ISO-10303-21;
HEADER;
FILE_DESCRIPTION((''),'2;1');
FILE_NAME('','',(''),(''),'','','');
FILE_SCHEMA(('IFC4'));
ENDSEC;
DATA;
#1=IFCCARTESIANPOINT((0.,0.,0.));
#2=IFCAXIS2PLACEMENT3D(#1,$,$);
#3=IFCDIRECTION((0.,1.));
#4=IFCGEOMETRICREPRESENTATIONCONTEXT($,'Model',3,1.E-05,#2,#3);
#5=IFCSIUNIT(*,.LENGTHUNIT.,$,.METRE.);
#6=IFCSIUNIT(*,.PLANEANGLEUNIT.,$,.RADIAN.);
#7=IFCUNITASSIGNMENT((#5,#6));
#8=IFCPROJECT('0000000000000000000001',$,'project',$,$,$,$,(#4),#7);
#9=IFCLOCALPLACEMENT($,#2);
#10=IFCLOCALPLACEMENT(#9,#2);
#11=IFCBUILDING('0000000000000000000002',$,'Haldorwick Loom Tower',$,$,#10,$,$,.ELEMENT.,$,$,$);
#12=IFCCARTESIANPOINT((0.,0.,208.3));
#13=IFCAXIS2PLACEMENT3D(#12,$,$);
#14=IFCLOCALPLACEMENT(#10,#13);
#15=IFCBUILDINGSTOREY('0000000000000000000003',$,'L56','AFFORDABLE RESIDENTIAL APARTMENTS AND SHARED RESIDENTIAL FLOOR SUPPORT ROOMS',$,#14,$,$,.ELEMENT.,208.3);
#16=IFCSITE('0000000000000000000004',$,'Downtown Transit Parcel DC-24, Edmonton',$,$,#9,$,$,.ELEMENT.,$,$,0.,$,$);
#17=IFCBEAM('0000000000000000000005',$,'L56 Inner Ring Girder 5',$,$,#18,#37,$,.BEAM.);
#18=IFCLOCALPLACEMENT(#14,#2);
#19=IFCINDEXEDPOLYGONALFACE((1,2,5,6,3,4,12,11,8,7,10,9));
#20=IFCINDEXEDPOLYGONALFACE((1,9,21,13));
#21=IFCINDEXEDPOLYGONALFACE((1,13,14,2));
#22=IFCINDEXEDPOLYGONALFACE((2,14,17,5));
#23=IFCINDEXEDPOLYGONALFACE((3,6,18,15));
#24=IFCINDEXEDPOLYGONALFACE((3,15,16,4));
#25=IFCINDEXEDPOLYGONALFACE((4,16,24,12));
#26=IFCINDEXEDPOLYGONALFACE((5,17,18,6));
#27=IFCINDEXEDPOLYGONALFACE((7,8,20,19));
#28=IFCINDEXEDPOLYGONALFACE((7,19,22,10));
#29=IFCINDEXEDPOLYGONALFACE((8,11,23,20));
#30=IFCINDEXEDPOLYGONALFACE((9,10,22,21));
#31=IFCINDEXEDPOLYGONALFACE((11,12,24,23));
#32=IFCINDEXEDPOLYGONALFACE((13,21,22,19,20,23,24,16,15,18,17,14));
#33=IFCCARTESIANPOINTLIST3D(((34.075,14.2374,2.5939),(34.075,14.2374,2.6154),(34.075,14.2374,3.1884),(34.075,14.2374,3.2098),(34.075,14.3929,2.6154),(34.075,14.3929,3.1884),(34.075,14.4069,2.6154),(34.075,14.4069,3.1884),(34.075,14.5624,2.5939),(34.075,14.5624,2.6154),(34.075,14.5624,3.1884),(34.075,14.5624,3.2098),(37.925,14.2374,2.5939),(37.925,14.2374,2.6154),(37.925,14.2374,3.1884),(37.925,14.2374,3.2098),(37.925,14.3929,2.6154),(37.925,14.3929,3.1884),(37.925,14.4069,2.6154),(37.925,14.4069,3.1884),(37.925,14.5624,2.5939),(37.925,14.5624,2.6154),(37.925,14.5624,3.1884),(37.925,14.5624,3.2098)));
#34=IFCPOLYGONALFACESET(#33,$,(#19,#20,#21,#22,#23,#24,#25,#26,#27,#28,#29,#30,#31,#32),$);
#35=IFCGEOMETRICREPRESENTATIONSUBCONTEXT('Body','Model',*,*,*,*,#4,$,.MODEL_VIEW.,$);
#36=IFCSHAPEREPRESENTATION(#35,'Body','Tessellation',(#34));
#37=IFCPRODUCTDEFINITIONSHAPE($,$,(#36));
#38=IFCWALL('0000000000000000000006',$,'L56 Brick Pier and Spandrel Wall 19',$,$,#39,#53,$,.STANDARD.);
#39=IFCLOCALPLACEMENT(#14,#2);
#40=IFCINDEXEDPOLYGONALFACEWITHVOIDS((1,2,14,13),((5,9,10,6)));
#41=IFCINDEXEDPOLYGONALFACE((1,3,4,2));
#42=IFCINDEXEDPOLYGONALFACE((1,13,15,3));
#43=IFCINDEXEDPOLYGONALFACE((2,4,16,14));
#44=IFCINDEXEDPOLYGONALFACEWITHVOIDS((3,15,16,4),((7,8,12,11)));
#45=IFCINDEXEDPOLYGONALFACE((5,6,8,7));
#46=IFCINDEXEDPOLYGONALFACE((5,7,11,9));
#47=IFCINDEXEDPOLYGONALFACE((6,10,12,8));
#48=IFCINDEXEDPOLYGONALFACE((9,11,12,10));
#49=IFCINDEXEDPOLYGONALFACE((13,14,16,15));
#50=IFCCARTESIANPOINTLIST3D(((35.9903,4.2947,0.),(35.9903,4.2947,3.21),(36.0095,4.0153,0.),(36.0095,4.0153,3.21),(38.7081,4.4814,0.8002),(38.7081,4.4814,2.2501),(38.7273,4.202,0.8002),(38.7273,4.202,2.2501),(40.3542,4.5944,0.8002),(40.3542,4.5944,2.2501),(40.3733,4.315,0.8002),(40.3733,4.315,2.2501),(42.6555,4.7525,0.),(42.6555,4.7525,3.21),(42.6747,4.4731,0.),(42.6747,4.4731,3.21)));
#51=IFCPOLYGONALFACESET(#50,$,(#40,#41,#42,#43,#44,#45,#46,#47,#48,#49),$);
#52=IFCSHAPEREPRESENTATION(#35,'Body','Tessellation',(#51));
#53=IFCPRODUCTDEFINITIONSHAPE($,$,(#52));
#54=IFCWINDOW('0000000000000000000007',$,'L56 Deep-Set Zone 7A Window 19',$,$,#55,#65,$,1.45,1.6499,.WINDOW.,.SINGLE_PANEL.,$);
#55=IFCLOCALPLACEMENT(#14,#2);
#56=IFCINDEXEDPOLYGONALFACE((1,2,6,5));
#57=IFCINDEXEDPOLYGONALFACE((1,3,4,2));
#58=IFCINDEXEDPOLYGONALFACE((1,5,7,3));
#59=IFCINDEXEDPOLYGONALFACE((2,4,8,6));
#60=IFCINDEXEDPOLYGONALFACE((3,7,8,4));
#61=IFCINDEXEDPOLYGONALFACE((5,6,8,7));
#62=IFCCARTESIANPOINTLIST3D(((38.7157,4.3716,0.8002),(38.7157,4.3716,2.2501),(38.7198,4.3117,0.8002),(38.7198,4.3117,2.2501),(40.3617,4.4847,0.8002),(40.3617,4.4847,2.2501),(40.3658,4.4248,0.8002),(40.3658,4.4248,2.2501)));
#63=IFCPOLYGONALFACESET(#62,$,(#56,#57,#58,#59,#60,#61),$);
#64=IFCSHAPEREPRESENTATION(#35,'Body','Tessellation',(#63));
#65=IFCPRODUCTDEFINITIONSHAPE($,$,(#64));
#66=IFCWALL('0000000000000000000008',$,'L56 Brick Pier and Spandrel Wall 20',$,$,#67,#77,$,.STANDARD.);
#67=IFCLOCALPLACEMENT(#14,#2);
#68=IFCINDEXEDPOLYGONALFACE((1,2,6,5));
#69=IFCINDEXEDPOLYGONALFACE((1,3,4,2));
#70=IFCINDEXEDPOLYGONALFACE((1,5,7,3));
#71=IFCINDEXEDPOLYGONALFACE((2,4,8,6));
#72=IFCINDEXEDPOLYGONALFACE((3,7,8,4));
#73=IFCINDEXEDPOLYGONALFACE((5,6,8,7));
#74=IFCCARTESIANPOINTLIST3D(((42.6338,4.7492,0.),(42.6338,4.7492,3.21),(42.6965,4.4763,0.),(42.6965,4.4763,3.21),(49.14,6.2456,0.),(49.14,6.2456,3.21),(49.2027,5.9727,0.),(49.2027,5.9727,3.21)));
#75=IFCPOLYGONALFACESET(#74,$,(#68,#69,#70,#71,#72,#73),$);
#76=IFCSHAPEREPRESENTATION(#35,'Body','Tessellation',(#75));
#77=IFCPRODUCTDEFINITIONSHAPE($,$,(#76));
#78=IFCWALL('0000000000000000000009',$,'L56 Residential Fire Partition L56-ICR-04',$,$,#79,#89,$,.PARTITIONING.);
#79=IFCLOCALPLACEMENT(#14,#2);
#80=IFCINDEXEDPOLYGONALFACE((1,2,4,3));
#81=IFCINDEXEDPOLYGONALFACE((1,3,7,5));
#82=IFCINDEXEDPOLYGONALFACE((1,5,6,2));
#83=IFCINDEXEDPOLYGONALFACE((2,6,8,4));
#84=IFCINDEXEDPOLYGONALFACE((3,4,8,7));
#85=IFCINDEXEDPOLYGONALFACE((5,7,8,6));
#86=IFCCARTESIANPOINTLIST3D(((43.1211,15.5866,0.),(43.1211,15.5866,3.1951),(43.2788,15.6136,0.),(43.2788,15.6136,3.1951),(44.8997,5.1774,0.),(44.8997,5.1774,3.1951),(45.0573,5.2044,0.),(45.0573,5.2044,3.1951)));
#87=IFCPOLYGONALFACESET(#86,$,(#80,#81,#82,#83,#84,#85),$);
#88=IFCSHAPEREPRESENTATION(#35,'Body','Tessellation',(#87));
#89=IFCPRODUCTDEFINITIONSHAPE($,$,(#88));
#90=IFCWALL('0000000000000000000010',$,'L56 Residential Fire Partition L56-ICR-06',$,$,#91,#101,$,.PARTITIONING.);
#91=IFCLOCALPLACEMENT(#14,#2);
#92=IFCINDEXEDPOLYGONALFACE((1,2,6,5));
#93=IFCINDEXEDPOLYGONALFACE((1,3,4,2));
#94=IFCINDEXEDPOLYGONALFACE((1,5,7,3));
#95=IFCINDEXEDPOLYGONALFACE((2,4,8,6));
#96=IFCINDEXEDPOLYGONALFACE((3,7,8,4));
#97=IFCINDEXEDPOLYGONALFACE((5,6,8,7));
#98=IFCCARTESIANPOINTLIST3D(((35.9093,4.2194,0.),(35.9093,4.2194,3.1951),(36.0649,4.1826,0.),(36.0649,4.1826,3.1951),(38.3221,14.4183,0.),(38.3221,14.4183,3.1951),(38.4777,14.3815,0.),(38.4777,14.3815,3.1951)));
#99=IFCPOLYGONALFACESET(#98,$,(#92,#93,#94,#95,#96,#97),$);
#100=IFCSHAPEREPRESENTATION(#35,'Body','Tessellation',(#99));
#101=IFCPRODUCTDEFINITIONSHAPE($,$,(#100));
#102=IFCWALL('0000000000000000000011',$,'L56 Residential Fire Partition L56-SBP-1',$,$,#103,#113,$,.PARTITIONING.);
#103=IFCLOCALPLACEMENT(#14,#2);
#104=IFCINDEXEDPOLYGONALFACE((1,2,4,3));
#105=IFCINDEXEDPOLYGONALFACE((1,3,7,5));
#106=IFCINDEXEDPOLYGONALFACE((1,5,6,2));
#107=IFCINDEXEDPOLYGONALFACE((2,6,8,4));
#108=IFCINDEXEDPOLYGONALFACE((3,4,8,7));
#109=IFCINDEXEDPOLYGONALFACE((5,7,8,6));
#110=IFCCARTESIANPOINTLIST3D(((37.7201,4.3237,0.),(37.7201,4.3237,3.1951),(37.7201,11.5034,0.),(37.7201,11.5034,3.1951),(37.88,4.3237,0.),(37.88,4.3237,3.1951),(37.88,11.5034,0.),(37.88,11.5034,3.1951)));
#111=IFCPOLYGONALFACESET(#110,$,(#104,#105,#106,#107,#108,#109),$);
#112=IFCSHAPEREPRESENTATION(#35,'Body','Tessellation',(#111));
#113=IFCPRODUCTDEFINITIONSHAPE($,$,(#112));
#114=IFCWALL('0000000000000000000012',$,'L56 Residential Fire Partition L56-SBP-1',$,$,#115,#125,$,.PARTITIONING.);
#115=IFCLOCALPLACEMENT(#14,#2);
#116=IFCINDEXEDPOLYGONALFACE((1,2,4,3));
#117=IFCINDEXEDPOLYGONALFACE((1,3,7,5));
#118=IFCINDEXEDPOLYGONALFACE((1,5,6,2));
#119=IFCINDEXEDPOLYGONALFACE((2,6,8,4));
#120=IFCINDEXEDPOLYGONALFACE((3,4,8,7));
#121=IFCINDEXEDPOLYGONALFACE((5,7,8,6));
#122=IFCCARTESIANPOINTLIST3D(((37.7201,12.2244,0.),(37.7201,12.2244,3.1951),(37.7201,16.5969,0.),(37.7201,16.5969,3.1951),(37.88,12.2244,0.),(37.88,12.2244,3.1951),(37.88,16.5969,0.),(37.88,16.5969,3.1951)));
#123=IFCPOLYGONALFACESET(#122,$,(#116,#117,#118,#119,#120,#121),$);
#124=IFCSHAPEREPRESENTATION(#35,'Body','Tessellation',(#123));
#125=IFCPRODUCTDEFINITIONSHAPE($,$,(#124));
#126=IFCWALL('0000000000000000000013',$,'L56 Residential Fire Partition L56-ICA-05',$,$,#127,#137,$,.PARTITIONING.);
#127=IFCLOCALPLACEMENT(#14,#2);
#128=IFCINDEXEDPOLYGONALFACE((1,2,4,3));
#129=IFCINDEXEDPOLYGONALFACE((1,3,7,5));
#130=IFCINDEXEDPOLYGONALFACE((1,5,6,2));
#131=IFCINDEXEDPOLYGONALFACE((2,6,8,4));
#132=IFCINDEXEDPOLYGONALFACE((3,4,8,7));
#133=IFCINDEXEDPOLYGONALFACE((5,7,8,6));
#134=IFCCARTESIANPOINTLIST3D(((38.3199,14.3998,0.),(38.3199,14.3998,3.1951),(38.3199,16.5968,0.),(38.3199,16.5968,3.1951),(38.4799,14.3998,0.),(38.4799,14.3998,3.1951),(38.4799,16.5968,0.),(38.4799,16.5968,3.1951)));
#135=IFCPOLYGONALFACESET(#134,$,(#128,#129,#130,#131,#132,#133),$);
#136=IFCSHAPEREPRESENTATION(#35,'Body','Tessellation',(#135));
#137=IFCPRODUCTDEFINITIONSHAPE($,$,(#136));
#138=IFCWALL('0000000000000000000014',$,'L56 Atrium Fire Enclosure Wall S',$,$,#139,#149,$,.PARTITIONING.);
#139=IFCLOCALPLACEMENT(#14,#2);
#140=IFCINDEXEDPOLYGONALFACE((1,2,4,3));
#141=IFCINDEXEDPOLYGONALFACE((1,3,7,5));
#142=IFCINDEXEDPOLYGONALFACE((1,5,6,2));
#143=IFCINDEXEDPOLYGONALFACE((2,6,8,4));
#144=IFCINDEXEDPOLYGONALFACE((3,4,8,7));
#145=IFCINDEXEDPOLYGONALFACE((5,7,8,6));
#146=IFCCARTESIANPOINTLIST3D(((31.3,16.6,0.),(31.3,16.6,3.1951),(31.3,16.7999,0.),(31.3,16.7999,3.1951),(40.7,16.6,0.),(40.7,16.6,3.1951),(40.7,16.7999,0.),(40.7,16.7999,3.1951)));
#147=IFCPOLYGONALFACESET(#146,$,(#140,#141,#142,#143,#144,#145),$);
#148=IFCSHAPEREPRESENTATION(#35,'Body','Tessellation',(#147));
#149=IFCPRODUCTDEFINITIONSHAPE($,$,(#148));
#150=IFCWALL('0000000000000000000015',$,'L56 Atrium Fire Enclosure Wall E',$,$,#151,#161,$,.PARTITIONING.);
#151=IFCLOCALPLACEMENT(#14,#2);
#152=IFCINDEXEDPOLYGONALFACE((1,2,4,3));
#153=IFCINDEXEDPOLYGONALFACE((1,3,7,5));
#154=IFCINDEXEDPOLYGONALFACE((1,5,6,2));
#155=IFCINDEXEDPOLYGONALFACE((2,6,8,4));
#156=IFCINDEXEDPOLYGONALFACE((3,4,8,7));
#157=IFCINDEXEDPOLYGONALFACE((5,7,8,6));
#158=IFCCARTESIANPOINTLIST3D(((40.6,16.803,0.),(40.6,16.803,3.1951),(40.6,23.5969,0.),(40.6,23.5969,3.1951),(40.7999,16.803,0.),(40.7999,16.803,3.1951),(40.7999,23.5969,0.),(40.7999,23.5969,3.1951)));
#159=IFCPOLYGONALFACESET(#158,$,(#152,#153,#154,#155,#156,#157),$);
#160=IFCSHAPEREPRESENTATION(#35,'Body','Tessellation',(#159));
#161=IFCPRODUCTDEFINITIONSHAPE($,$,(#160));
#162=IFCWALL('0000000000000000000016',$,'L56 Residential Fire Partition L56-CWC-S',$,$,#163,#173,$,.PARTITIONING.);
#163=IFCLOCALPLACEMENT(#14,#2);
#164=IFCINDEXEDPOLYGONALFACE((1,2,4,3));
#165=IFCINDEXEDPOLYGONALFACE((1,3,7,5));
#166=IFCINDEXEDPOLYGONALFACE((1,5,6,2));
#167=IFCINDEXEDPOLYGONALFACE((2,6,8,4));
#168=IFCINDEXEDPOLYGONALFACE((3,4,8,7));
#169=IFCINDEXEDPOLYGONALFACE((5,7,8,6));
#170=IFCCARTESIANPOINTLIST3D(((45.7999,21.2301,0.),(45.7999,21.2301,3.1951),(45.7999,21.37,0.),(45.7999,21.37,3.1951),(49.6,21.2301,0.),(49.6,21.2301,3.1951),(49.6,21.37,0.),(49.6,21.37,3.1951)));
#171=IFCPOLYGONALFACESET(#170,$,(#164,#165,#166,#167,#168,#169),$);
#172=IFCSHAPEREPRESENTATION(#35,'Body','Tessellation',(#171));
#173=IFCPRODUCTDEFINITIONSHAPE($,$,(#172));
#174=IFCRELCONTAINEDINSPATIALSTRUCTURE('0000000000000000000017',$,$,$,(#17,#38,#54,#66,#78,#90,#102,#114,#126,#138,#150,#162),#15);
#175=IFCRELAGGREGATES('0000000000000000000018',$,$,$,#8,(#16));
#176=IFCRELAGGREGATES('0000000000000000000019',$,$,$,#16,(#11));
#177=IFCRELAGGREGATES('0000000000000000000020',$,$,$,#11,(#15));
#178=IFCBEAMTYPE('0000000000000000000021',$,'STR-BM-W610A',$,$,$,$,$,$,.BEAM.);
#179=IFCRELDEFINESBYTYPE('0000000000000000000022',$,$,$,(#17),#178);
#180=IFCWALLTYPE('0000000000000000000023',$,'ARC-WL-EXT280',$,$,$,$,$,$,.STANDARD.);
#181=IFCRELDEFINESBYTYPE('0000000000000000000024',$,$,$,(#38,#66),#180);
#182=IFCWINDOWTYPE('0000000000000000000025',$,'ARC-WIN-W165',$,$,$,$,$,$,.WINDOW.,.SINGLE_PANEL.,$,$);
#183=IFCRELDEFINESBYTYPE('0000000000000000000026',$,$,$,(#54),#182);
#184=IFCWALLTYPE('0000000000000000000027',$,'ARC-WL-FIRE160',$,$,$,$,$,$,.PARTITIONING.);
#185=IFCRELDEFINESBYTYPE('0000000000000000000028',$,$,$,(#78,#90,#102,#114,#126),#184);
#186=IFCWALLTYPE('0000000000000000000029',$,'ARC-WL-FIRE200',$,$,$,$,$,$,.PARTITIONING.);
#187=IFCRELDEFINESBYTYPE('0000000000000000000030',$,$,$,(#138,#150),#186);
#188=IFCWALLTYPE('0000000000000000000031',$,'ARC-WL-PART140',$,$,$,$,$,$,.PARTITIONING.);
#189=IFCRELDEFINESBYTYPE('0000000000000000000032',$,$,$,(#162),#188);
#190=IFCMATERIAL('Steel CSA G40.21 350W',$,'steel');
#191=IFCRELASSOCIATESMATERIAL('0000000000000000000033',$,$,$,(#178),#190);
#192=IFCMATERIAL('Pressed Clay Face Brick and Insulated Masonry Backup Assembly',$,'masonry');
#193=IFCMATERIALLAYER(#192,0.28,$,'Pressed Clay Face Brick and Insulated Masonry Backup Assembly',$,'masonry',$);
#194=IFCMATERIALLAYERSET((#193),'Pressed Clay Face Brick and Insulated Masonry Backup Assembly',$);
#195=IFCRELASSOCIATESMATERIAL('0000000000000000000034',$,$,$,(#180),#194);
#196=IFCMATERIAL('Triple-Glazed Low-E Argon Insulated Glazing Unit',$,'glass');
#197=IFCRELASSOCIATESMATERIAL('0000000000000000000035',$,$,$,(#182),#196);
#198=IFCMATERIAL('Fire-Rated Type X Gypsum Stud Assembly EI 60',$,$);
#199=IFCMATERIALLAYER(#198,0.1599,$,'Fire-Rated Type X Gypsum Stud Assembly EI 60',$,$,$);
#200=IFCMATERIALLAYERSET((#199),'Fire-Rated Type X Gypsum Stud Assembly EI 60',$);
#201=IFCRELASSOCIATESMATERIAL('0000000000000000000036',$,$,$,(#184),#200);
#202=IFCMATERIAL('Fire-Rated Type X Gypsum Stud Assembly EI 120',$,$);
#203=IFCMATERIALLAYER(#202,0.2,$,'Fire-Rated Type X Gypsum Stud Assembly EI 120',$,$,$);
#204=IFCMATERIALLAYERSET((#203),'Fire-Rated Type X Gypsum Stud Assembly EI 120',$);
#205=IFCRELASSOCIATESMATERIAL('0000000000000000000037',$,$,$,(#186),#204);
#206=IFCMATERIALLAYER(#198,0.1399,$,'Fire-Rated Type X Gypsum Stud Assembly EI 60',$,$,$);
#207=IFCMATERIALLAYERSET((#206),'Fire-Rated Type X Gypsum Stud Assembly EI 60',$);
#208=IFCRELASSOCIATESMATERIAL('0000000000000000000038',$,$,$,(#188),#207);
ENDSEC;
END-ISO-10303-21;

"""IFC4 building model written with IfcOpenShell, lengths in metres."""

from ifc_helpers import new_model, si_unit, direction, frame, frame_2d, origin, origin_2d, place, context, subcontext, project, spatial, rectangle, i_section, extrude, material, layer, layer_set, material_profile, profile_set, type_object, element, fill, save


model = new_model("IFC4")

# Units and contexts
model_context = context("Model", 3, precision=1e-05, world=origin(), true_north=direction((0.0, 1.0)))
body_context = subcontext(model_context, "Body", "Model", "MODEL_VIEW")
ifc_project = project(units=[si_unit("LENGTHUNIT", "METRE"), si_unit("PLANEANGLEUNIT", "RADIAN")], contexts=[model_context])

# Site, building, storey
site_placement = place(None, origin())
site = spatial("IfcSite", under=ifc_project, at=site_placement, Name="Downtown Transit Parcel DC-24, Edmonton", CompositionType="ELEMENT", RefElevation=0.0)
building_placement = place(site_placement, origin())
building = spatial("IfcBuilding", under=site, at=building_placement, Name="Haldorwick Loom Tower", CompositionType="ELEMENT")
storey_placement = place(building_placement, frame((0.0, 0.0, 208.3)))
storey = spatial("IfcBuildingStorey", under=building, at=storey_placement, Name="L56", Description="AFFORDABLE RESIDENTIAL APARTMENTS AND SHARED RESIDENTIAL FLOOR SUPPORT ROOMS", CompositionType="ELEMENT", Elevation=208.3)

# Shared definitions
ifc_material_1 = material(Name="Steel CSA G40.21 350W", Category="steel")

# Beam
ifc_material_profile_1 = material_profile(ifc_material_1, i_section(OverallWidth=0.325, OverallDepth=0.616, WebThickness=0.0139, FlangeThickness=0.0215, at=origin_2d()), Name="W610X174", Category="steel")
ifc_profile_set_1 = profile_set([ifc_material_profile_1], Name="Steel CSA G40.21 350W")
beam_type_1 = type_object("IfcBeamType", Name="STR-BM-W610A", PredefinedType="BEAM", material=ifc_profile_set_1)
beam_1_placement = place(storey_placement, frame((37.925, 14.3999, 2.9019), z_axis=(-1.0, 0.0, 0.0), x_axis=(0.0, -1.0, 0.0)))
element("IfcBeam", 1, at=beam_1_placement, inside=storey, type_object=beam_type_1, Name="L56 Inner Ring Girder 5", PredefinedType="BEAM", context=body_context, shape_type="SweptSolid", body=[
    extrude(i_section(OverallWidth=0.325, OverallDepth=0.616, WebThickness=0.0139, FlangeThickness=0.0215, at=origin_2d()), origin(), (0.0, 0.0, 1.0), 3.8501),
])

# Wall, opening, window
ifc_material_2 = material(Name="Pressed Clay Face Brick and Insulated Masonry Backup Assembly", Category="masonry")
ifc_layer_1 = layer(ifc_material_2, 0.28, Name="Pressed Clay Face Brick and Insulated Masonry Backup Assembly", Category="masonry")
ifc_layer_set_1 = layer_set([ifc_layer_1], Name="Pressed Clay Face Brick and Insulated Masonry Backup Assembly")
wall_type_1 = type_object("IfcWallType", Name="ARC-WL-EXT280", PredefinedType="STANDARD", material=ifc_layer_set_1)
wall_1_placement = place(storey_placement, frame((36.0, 4.155, 0.0), z_axis=(0.0, 0.0, 1.0), x_axis=(0.99765, 0.068517, 0.0)))
wall_1 = element("IfcWall", 2, at=wall_1_placement, inside=storey, type_object=wall_type_1, Name="L56 Brick Pier and Spandrel Wall 19", PredefinedType="STANDARD", context=body_context, shape_type="SweptSolid", body=[
    extrude(rectangle(XDim=6.6809, YDim=0.28, at=frame_2d((3.3403, 0.0))), origin(), (0.0, 0.0, 1.0), 3.21),
])
opening_placement = place(wall_1_placement, frame((2.7241, 0.0, 0.8)))
opening = element("IfcOpeningElement", 3, at=opening_placement, cuts=wall_1, PredefinedType="OPENING", context=body_context, shape_type="SweptSolid", body=[
    extrude(rectangle(XDim=1.6499, YDim=1.45, at=frame_2d((0.825, 0.7251))), frame((0.0, 0.1499, 0.0), z_axis=(0.0, -1.0, 0.0), x_axis=(1.0, 0.0, 0.0)), (0.0, 0.0, 1.0), 0.3),
])
ifc_material_3 = material(Name="Triple-Glazed Low-E Argon Insulated Glazing Unit", Category="glass")
window_type = type_object("IfcWindowType", Name="ARC-WIN-W165", PartitioningType="SINGLE_PANEL", PredefinedType="WINDOW", material=ifc_material_3)
window_placement = place(opening_placement, origin())
window = element("IfcWindow", 4, at=window_placement, inside=storey, type_object=window_type, Name="L56 Deep-Set Zone 7A Window 19", OverallHeight=1.45, OverallWidth=1.6499, PartitioningType="SINGLE_PANEL", PredefinedType="WINDOW", context=body_context, shape_type="SweptSolid", body=[
    extrude(rectangle(XDim=1.6499, YDim=1.45, at=frame_2d((0.825, 0.7251))), frame((0.0, 0.03, 0.0), z_axis=(0.0, -1.0, 0.0), x_axis=(1.0, 0.0, 0.0)), (0.0, 0.0, 1.0), 0.0601),
])
fill(opening, window)

# Walls
wall_2_placement = place(storey_placement, frame((42.6653, 4.6128, 0.0), z_axis=(0.0, 0.0, 1.0), x_axis=(0.974557, 0.224138, 0.0)))
element("IfcWall", 5, at=wall_2_placement, inside=storey, type_object=wall_type_1, Name="L56 Brick Pier and Spandrel Wall 20", PredefinedType="STANDARD", context=body_context, shape_type="SweptSolid", body=[
    extrude(rectangle(XDim=6.676, YDim=0.28, at=frame_2d((3.3379, 0.0))), origin(), (0.0, 0.0, 1.0), 3.21),
])
ifc_material_4 = material(Name="Fire-Rated Type X Gypsum Stud Assembly EI 60")
ifc_layer_2 = layer(ifc_material_4, 0.1599, Name="Fire-Rated Type X Gypsum Stud Assembly EI 60")
ifc_layer_set_2 = layer_set([ifc_layer_2], Name="Fire-Rated Type X Gypsum Stud Assembly EI 60")
wall_type_2 = type_object("IfcWallType", Name="ARC-WL-FIRE160", PredefinedType="PARTITIONING", material=ifc_layer_set_2)
wall_3_placement = place(storey_placement, frame((43.2, 15.6001, 0.0), z_axis=(0.0, 0.0, 1.0), x_axis=(0.168424, -0.985715, 0.0)))
element("IfcWall", 6, at=wall_3_placement, inside=storey, type_object=wall_type_2, Name="L56 Residential Fire Partition L56-ICR-04", PredefinedType="PARTITIONING", context=body_context, shape_type="SweptSolid", body=[
    extrude(rectangle(XDim=10.5601, YDim=0.1599, at=frame_2d((5.28, 0.0))), origin(), (0.0, 0.0, 1.0), 3.1951),
])
wall_4_placement = place(storey_placement, frame((38.3999, 14.3999, 0.0), z_axis=(0.0, 0.0, 1.0), x_axis=(-0.230222, -0.973138, 0.0)))
element("IfcWall", 7, at=wall_4_placement, inside=storey, type_object=wall_type_2, Name="L56 Residential Fire Partition L56-ICR-06", PredefinedType="PARTITIONING", context=body_context, shape_type="SweptSolid", body=[
    extrude(rectangle(XDim=10.4805, YDim=0.1599, at=frame_2d((5.2402, 0.0))), origin(), (0.0, 0.0, 1.0), 3.1951),
])
wall_5_placement = place(storey_placement, frame((37.8, 4.3237, 0.0), z_axis=(0.0, 0.0, 1.0), x_axis=(0.0, 1.0, 0.0)))
element("IfcWall", 8, at=wall_5_placement, inside=storey, type_object=wall_type_2, Name="L56 Residential Fire Partition L56-SBP-1", PredefinedType="PARTITIONING", context=body_context, shape_type="SweptSolid", body=[
    extrude(rectangle(XDim=7.1797, YDim=0.1599, at=frame_2d((3.5898, 0.0))), origin(), (0.0, 0.0, 1.0), 3.1951),
])
wall_6_placement = place(storey_placement, frame((37.8, 12.2244, 0.0), z_axis=(0.0, 0.0, 1.0), x_axis=(0.0, 1.0, 0.0)))
element("IfcWall", 9, at=wall_6_placement, inside=storey, type_object=wall_type_2, Name="L56 Residential Fire Partition L56-SBP-1", PredefinedType="PARTITIONING", context=body_context, shape_type="SweptSolid", body=[
    extrude(rectangle(XDim=4.3726, YDim=0.1599, at=frame_2d((2.1863, 0.0))), origin(), (0.0, 0.0, 1.0), 3.1951),
])
wall_7_placement = place(storey_placement, frame((38.3999, 16.5969, 0.0), z_axis=(0.0, 0.0, 1.0), x_axis=(0.0, -1.0, 0.0)))
element("IfcWall", 10, at=wall_7_placement, inside=storey, type_object=wall_type_2, Name="L56 Residential Fire Partition L56-ICA-05", PredefinedType="PARTITIONING", context=body_context, shape_type="SweptSolid", body=[
    extrude(rectangle(XDim=2.197, YDim=0.1599, at=frame_2d((1.0986, 0.0))), origin(), (0.0, 0.0, 1.0), 3.1951),
])
ifc_material_5 = material(Name="Fire-Rated Type X Gypsum Stud Assembly EI 120")
ifc_layer_3 = layer(ifc_material_5, 0.2, Name="Fire-Rated Type X Gypsum Stud Assembly EI 120")
ifc_layer_set_3 = layer_set([ifc_layer_3], Name="Fire-Rated Type X Gypsum Stud Assembly EI 120")
wall_type_3 = type_object("IfcWallType", Name="ARC-WL-FIRE200", PredefinedType="PARTITIONING", material=ifc_layer_set_3)
wall_8_placement = place(storey_placement, frame((40.7, 16.7, 0.0), z_axis=(0.0, 0.0, 1.0), x_axis=(-1.0, 0.0, 0.0)))
element("IfcWall", 11, at=wall_8_placement, inside=storey, type_object=wall_type_3, Name="L56 Atrium Fire Enclosure Wall S", PredefinedType="PARTITIONING", context=body_context, shape_type="SweptSolid", body=[
    extrude(rectangle(XDim=9.3999, YDim=0.2, at=frame_2d((4.7, 0.0))), origin(), (0.0, 0.0, 1.0), 3.1951),
])
wall_9_placement = place(storey_placement, frame((40.7, 23.5969, 0.0), z_axis=(0.0, 0.0, 1.0), x_axis=(0.0, -1.0, 0.0)))
element("IfcWall", 12, at=wall_9_placement, inside=storey, type_object=wall_type_3, Name="L56 Atrium Fire Enclosure Wall E", PredefinedType="PARTITIONING", context=body_context, shape_type="SweptSolid", body=[
    extrude(rectangle(XDim=6.7939, YDim=0.2, at=frame_2d((3.397, 0.0))), origin(), (0.0, 0.0, 1.0), 3.1951),
])
ifc_layer_4 = layer(ifc_material_4, 0.1399, Name="Fire-Rated Type X Gypsum Stud Assembly EI 60")
ifc_layer_set_4 = layer_set([ifc_layer_4], Name="Fire-Rated Type X Gypsum Stud Assembly EI 60")
wall_type_4 = type_object("IfcWallType", Name="ARC-WL-PART140", PredefinedType="PARTITIONING", material=ifc_layer_set_4)
wall_10_placement = place(storey_placement, frame((45.8, 21.3, 0.0), z_axis=(0.0, 0.0, 1.0), x_axis=(1.0, 0.0, 0.0)))
element("IfcWall", 13, at=wall_10_placement, inside=storey, type_object=wall_type_4, Name="L56 Residential Fire Partition L56-CWC-S", PredefinedType="PARTITIONING", context=body_context, shape_type="SweptSolid", body=[
    extrude(rectangle(XDim=3.8, YDim=0.1399, at=frame_2d((1.8999, 0.0))), origin(), (0.0, 0.0, 1.0), 3.1951),
])

save(model, "model.ifc")
